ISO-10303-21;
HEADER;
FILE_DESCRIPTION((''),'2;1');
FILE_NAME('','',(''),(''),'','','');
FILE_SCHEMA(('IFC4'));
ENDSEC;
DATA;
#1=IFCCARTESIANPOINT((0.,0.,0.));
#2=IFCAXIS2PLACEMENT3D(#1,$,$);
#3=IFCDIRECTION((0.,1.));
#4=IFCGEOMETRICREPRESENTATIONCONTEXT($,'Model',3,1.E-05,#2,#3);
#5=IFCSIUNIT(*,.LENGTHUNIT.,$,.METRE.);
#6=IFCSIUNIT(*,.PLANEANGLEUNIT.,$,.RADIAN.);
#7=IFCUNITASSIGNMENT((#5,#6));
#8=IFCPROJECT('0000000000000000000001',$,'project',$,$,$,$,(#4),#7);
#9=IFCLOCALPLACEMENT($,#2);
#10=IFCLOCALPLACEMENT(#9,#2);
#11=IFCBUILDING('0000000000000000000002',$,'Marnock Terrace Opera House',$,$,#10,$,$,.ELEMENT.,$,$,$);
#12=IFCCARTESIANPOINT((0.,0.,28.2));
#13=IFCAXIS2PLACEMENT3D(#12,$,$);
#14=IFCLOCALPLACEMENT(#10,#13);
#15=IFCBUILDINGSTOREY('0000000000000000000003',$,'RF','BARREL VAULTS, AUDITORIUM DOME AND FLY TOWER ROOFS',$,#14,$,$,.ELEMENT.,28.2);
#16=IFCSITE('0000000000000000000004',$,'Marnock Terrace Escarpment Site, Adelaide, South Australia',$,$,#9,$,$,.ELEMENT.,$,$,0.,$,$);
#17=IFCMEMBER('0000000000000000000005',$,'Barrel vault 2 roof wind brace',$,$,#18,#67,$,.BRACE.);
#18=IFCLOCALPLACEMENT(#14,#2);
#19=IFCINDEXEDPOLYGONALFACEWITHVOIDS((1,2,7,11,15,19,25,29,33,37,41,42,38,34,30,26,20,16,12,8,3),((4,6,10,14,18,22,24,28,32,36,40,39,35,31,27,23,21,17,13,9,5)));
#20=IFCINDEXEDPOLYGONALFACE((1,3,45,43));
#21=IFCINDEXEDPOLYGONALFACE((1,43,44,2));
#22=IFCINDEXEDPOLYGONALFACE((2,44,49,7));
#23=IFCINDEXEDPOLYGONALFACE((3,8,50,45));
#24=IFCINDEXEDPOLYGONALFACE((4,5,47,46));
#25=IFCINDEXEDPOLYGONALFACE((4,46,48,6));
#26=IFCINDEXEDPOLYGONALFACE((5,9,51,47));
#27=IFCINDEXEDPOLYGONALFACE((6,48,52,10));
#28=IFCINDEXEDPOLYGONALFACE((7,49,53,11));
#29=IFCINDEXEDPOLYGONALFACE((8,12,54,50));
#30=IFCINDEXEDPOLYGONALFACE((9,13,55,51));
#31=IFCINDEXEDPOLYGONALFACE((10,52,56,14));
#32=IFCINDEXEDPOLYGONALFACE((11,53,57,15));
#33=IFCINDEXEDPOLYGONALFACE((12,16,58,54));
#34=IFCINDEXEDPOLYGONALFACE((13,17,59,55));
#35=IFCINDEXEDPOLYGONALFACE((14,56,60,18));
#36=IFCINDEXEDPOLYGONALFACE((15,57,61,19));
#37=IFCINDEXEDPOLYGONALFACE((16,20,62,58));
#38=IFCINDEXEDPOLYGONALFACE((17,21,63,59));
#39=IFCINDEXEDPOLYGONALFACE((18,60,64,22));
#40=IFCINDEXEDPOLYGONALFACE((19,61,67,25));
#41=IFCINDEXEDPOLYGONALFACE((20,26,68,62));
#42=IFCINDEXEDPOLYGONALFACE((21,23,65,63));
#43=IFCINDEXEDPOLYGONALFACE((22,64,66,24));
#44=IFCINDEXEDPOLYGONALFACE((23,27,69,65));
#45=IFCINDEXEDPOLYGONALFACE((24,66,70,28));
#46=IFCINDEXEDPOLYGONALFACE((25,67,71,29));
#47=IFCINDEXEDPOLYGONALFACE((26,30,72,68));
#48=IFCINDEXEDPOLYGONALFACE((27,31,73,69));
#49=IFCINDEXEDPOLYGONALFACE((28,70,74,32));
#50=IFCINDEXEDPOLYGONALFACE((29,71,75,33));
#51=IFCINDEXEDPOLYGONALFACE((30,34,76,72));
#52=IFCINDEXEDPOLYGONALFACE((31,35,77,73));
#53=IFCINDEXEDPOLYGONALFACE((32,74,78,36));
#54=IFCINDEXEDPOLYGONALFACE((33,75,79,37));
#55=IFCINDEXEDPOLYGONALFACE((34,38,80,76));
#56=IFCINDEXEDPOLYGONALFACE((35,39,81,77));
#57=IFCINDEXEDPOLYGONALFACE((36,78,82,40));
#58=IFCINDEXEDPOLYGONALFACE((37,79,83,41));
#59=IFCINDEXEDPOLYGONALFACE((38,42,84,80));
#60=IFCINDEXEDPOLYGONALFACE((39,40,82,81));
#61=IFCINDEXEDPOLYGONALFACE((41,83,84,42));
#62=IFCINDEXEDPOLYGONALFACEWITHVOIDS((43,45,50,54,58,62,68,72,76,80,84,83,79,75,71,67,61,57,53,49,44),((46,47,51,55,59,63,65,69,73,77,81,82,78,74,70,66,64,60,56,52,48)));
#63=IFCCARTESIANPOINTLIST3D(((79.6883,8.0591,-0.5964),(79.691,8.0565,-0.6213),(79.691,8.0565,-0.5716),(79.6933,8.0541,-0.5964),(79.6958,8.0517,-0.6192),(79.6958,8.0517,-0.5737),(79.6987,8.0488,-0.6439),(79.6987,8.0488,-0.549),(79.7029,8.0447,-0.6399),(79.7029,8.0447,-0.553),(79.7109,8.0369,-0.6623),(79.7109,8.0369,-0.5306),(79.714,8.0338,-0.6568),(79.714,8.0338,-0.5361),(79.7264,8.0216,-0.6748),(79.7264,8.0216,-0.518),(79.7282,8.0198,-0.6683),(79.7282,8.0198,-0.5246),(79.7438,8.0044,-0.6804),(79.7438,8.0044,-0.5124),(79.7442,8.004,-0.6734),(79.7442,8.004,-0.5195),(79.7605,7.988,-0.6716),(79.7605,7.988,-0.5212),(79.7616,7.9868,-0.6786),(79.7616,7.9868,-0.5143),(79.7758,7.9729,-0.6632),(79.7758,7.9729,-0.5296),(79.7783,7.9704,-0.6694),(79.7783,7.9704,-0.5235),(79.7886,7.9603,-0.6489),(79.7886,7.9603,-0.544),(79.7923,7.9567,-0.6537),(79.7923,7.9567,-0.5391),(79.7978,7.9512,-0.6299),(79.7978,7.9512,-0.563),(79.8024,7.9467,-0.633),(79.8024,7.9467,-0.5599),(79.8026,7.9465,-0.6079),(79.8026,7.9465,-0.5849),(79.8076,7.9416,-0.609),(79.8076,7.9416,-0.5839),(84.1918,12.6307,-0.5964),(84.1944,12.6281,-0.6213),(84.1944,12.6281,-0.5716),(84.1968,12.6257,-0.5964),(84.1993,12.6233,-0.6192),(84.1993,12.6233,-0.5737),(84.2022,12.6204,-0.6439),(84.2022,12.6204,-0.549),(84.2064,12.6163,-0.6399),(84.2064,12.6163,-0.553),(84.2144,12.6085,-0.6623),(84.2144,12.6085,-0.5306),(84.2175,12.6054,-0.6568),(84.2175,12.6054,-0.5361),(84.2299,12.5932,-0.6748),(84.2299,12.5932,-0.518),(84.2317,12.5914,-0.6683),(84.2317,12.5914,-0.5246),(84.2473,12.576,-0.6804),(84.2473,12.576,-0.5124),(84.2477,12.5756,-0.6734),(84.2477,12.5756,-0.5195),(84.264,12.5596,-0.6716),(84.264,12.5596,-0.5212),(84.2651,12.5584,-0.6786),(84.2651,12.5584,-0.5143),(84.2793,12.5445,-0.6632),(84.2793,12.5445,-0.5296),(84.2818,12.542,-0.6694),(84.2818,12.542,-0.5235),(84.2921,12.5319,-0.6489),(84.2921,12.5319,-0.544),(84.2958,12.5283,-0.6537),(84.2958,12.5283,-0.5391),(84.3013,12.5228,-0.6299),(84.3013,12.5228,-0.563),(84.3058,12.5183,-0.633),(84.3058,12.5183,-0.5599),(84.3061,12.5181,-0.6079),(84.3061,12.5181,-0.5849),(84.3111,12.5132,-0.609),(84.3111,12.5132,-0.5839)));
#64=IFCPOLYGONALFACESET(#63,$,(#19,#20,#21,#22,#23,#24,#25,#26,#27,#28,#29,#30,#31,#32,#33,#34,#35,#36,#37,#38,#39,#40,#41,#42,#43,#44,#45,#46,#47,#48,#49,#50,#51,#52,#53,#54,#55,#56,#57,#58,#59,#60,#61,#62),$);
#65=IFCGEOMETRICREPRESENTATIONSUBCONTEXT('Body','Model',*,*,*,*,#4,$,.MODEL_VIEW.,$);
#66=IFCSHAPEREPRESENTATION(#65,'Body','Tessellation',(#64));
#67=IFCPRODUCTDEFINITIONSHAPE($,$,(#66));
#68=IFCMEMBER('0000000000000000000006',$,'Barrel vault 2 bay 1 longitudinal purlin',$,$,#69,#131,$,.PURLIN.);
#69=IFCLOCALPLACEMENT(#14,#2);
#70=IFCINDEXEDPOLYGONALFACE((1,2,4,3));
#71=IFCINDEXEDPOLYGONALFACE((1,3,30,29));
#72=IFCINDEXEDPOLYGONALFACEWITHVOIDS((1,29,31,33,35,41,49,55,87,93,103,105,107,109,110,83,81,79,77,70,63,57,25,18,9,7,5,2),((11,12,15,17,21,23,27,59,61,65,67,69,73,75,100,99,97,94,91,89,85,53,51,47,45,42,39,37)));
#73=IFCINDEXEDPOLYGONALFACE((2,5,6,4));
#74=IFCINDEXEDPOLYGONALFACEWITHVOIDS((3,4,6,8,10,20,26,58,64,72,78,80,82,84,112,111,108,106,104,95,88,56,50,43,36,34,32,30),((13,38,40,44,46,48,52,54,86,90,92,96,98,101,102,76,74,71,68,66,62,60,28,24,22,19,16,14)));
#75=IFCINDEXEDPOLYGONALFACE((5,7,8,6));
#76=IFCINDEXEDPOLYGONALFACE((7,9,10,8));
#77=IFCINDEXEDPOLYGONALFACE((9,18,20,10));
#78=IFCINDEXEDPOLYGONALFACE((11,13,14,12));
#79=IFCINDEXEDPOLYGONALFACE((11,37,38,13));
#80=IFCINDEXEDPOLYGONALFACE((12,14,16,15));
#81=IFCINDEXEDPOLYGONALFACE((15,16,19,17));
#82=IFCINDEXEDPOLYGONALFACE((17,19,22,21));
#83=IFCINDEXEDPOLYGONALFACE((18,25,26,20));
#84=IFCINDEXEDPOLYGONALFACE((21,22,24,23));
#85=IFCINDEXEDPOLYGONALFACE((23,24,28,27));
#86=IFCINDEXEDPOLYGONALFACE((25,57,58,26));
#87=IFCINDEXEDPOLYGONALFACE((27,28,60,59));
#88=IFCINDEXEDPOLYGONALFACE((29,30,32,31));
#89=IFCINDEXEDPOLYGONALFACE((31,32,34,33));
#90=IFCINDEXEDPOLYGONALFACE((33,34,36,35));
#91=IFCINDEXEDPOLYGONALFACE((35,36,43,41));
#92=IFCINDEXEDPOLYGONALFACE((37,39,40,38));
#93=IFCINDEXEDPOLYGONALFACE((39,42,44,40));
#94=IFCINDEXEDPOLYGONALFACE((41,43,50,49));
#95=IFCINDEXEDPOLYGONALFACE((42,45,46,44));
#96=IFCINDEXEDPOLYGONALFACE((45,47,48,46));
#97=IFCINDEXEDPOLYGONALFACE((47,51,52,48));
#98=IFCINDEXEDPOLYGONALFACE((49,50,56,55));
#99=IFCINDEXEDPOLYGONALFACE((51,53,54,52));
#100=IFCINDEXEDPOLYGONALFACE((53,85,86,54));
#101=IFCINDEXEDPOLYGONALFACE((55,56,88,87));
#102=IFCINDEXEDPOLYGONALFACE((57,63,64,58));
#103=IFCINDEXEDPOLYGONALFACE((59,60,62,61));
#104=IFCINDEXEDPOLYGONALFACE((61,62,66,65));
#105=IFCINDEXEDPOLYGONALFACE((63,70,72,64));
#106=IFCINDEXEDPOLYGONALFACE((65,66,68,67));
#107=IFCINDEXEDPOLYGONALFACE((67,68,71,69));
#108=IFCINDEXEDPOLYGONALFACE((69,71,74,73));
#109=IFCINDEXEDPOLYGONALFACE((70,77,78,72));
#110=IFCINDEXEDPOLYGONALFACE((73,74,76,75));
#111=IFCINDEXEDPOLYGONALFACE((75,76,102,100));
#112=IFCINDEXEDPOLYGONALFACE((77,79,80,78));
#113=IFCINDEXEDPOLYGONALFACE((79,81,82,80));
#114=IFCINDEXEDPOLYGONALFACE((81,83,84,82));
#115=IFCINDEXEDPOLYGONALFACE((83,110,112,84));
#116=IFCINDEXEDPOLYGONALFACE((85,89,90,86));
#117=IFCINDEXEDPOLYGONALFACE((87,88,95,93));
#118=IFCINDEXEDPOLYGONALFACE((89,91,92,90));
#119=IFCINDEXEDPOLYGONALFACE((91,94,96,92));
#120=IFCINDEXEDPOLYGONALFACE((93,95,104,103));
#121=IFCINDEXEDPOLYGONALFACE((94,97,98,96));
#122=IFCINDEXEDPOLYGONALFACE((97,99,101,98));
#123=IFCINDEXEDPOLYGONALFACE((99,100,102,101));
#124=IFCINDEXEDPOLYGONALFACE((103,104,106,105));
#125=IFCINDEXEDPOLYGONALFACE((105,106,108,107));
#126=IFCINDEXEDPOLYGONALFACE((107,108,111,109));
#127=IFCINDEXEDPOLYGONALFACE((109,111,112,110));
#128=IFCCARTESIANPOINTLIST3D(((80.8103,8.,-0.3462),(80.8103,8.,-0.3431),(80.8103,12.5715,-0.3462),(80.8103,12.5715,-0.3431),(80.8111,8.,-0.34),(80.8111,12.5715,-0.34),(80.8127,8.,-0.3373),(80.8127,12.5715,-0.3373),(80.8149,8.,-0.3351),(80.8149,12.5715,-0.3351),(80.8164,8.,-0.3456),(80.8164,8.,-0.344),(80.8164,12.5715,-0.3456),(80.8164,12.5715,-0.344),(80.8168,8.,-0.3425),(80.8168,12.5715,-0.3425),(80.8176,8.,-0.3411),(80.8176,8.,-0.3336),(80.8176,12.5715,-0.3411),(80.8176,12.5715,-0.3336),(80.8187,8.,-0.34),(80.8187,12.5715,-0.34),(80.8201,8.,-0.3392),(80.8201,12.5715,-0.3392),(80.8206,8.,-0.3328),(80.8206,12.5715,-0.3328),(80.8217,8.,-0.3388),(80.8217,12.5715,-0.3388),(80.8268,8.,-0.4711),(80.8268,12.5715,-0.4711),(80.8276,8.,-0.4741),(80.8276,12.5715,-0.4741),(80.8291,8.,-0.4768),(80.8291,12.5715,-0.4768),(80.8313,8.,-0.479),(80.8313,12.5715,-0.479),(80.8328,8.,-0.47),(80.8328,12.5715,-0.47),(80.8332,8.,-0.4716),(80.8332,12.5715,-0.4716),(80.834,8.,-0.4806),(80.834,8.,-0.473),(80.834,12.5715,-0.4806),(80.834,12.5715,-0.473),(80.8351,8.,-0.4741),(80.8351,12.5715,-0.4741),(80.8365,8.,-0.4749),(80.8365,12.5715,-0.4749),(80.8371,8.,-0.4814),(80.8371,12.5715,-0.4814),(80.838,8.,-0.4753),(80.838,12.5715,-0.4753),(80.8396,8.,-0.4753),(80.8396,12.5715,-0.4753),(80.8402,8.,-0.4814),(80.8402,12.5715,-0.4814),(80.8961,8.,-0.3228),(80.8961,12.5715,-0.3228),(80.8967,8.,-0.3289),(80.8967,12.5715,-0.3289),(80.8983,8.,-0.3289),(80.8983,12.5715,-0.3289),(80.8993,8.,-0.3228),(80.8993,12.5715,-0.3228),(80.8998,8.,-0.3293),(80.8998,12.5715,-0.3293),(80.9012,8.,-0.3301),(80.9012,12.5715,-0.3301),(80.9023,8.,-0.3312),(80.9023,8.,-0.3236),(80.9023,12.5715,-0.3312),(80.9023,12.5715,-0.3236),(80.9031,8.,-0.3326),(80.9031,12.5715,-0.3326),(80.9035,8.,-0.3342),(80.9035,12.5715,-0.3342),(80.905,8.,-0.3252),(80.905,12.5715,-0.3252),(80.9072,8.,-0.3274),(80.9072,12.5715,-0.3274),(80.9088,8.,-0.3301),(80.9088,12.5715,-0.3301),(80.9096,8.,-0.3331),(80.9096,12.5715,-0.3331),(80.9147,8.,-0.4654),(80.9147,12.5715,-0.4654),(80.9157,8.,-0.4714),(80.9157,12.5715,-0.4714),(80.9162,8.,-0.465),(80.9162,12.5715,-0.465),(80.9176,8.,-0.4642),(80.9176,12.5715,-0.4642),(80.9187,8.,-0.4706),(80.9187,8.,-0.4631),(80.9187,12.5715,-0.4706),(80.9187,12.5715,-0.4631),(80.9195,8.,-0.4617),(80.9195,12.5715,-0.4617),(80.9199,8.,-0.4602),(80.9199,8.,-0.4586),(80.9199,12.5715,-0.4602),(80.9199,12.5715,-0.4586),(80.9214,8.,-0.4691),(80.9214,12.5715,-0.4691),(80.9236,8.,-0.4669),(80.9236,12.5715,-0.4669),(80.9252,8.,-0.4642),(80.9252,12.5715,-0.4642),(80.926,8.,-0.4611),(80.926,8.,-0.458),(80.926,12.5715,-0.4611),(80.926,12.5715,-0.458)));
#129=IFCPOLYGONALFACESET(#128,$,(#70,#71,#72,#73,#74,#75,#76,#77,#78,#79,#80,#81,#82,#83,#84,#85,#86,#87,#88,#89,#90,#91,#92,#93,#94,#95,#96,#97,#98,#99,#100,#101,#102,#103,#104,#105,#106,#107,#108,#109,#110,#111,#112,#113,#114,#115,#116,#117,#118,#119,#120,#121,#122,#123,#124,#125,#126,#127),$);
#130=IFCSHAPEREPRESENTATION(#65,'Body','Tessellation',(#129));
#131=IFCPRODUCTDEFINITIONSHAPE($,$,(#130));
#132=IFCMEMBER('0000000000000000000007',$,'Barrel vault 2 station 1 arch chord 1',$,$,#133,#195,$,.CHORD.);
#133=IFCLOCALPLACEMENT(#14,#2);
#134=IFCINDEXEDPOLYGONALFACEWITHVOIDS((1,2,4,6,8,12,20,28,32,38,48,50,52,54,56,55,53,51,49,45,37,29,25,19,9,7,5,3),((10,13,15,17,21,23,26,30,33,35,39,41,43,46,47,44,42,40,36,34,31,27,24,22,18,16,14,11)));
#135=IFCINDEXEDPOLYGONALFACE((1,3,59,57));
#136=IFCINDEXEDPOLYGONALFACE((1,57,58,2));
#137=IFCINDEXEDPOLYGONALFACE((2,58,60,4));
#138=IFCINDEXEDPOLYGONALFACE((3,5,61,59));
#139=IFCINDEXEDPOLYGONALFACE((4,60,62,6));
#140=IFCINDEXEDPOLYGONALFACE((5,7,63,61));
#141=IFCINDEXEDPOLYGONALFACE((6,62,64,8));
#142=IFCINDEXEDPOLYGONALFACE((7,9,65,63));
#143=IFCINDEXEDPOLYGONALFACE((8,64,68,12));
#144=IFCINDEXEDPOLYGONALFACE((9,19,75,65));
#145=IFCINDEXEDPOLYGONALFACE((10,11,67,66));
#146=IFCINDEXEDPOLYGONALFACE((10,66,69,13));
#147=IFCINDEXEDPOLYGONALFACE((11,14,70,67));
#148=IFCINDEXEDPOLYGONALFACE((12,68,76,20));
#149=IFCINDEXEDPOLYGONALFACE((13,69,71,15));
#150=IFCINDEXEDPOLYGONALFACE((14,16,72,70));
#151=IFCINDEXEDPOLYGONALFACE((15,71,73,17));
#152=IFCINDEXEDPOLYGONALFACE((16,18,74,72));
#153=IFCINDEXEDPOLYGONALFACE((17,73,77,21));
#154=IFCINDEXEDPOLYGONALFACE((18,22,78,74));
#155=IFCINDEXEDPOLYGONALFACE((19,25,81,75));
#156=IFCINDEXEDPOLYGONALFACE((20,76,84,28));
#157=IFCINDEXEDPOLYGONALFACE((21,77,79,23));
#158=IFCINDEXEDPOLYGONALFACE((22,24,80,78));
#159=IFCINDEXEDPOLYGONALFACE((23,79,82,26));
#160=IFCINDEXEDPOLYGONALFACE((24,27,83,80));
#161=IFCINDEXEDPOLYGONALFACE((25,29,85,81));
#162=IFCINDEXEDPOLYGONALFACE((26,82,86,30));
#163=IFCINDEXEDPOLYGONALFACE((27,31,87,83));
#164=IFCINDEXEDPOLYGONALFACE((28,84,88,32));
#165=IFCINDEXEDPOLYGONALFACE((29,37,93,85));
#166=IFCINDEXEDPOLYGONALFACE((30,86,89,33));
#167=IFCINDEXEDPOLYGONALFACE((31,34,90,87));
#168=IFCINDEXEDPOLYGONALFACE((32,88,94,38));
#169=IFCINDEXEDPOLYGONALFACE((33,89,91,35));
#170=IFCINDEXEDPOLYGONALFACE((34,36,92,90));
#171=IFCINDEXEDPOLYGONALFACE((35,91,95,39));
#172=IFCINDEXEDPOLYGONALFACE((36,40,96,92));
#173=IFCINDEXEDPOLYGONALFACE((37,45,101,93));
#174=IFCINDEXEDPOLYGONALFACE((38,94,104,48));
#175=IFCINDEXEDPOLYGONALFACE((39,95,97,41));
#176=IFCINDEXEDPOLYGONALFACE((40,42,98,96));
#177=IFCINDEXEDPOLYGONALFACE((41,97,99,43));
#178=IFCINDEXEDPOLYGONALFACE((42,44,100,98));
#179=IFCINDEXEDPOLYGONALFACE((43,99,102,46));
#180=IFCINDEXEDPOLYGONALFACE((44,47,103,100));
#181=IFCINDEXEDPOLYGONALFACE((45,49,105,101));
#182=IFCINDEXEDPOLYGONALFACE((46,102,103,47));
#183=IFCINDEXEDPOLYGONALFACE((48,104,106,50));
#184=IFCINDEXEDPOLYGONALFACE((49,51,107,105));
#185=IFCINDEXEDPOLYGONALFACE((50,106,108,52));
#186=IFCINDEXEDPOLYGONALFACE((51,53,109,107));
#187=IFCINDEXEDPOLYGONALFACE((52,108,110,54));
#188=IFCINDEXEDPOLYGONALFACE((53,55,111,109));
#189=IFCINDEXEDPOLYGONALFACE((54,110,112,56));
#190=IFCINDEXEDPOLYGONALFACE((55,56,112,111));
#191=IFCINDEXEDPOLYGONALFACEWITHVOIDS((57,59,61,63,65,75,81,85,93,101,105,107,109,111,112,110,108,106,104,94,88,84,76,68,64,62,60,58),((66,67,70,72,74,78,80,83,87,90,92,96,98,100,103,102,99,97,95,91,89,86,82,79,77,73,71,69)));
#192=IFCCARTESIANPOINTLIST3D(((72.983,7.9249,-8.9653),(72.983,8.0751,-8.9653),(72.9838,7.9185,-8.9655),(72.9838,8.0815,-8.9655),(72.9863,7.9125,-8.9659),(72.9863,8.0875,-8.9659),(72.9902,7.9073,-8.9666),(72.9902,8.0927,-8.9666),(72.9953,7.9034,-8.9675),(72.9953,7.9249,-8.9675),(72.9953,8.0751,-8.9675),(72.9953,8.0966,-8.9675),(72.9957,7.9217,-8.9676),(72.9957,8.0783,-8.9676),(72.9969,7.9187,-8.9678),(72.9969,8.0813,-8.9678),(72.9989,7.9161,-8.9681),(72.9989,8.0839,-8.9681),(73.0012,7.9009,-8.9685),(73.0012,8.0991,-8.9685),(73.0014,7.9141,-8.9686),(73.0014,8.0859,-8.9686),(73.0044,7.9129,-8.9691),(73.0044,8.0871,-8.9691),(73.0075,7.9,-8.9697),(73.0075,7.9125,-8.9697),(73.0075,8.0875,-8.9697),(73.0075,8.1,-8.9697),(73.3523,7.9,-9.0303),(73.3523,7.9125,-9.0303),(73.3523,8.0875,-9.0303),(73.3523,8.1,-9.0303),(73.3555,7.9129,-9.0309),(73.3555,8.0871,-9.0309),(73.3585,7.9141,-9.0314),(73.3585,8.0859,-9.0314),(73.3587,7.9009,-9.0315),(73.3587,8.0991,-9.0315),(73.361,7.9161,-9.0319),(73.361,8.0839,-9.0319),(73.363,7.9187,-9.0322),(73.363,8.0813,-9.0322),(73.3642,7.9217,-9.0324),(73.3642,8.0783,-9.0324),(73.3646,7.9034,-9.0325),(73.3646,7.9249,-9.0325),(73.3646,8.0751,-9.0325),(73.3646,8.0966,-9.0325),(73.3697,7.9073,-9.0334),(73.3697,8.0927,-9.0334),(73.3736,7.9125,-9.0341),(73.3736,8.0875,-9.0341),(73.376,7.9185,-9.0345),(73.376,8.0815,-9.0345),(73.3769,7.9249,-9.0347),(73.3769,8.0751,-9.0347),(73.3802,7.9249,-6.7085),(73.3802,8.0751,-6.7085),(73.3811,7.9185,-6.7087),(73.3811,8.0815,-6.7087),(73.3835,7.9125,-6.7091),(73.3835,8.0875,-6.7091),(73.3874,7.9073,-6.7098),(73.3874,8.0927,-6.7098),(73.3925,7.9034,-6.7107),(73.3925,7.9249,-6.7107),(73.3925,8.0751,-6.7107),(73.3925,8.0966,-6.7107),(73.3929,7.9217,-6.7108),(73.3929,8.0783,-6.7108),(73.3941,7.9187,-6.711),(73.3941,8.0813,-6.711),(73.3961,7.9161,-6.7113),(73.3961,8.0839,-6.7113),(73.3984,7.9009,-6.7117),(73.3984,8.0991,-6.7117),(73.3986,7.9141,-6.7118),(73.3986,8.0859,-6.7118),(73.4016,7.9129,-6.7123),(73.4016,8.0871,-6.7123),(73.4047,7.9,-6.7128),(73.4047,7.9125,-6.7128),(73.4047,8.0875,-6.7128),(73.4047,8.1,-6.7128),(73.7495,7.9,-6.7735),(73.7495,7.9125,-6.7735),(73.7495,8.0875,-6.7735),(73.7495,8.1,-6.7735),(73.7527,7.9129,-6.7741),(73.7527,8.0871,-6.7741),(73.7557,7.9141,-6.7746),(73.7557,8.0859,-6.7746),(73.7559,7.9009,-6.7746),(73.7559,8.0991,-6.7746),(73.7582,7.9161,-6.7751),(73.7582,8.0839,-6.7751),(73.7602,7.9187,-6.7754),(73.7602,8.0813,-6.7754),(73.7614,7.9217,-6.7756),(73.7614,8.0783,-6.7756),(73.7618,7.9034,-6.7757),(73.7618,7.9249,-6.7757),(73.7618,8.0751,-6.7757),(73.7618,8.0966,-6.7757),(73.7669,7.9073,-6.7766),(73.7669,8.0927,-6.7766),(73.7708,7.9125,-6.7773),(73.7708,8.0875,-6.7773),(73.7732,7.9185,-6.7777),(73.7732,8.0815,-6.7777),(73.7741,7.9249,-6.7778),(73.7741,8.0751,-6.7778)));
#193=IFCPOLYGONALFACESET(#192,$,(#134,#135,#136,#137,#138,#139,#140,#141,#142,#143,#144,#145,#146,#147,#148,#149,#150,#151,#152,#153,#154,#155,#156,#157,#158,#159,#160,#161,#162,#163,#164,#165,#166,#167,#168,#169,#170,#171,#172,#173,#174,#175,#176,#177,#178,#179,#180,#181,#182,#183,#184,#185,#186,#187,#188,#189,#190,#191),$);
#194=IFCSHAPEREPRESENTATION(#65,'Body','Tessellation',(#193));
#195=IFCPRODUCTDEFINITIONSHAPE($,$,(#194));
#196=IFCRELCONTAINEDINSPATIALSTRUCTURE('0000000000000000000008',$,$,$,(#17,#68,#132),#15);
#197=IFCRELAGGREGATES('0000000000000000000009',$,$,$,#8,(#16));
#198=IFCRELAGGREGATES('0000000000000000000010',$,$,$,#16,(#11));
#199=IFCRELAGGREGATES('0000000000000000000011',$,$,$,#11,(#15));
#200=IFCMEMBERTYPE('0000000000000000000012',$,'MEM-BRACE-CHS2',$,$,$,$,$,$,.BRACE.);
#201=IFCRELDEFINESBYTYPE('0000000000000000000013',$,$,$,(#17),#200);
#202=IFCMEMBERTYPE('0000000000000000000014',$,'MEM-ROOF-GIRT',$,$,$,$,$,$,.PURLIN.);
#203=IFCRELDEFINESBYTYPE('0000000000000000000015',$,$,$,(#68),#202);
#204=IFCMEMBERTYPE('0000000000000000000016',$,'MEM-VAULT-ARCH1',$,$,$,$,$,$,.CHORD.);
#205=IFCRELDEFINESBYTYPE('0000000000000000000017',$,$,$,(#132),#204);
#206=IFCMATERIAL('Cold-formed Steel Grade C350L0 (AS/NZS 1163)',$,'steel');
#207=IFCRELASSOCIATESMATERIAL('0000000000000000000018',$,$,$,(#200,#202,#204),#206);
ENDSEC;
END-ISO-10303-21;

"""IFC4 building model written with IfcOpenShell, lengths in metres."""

from ifc_helpers import new_model, si_unit, direction, frame, origin, origin_2d, place, context, subcontext, project, spatial, hollow_rectangle, hollow_circle, extrude, material, material_profile, profile_set, type_object, element, save


model = new_model("IFC4")

# Units and contexts
model_context = context("Model", 3, precision=1e-05, world=origin(), true_north=direction((0.0, 1.0)))
body_context = subcontext(model_context, "Body", "Model", "MODEL_VIEW")
ifc_project = project(units=[si_unit("LENGTHUNIT", "METRE"), si_unit("PLANEANGLEUNIT", "RADIAN")], contexts=[model_context])

# Site, building, storey
site_placement = place(None, origin())
site = spatial("IfcSite", under=ifc_project, at=site_placement, Name="Marnock Terrace Escarpment Site, Adelaide, South Australia", CompositionType="ELEMENT", RefElevation=0.0)
building_placement = place(site_placement, origin())
building = spatial("IfcBuilding", under=site, at=building_placement, Name="Marnock Terrace Opera House", CompositionType="ELEMENT")
storey_placement = place(building_placement, frame((0.0, 0.0, 28.2)))
storey = spatial("IfcBuildingStorey", under=building, at=storey_placement, Name="RF", Description="BARREL VAULTS, AUDITORIUM DOME AND FLY TOWER ROOFS", CompositionType="ELEMENT", Elevation=28.2)

# Members
ifc_material_1 = material(Name="Cold-formed Steel Grade C350L0 (AS/NZS 1163)", Category="steel")
ifc_material_profile_1 = material_profile(ifc_material_1, hollow_circle(Radius=0.0842, WallThickness=0.0071, at=origin_2d()))
ifc_profile_set_1 = profile_set([ifc_material_profile_1], Name="Cold-formed Steel Grade C350L0 (AS/NZS 1163)")
member_type_1 = type_object("IfcMemberType", Name="MEM-BRACE-CHS2", PredefinedType="BRACE", material=ifc_profile_set_1)
member_1_placement = place(storey_placement, frame((79.7483, 8.0, -0.5964), z_axis=(0.70178, 0.712394, 0.0), x_axis=(-0.712394, 0.70178, 0.0)))
element("IfcMember", 1, at=member_1_placement, inside=storey, type_object=member_type_1, Name="Barrel vault 2 roof wind brace", PredefinedType="BRACE", context=body_context, shape_type="SweptSolid", body=[
    extrude(hollow_circle(Radius=0.0842, WallThickness=0.0071, at=origin_2d()), origin(), (0.0, 0.0, 1.0), 6.4172),
])
ifc_material_profile_2 = material_profile(ifc_material_1, hollow_rectangle(XDim=0.1001, YDim=0.1499, WallThickness=0.0061, InnerFilletRadius=0.0061, OuterFilletRadius=0.012, at=origin_2d()))
ifc_profile_set_2 = profile_set([ifc_material_profile_2], Name="Cold-formed Steel Grade C350L0 (AS/NZS 1163)")
member_type_2 = type_object("IfcMemberType", Name="MEM-ROOF-GIRT", PredefinedType="PURLIN", material=ifc_profile_set_2)
member_2_placement = place(storey_placement, frame((80.8682, 8.0, -0.4021), z_axis=(0.0, 1.0, 0.0), x_axis=(-0.991445, 0.0, -0.130526)))
element("IfcMember", 2, at=member_2_placement, inside=storey, type_object=member_type_2, Name="Barrel vault 2 bay 1 longitudinal purlin", PredefinedType="PURLIN", context=body_context, shape_type="SweptSolid", body=[
    extrude(hollow_rectangle(XDim=0.1001, YDim=0.1499, WallThickness=0.0061, InnerFilletRadius=0.0061, OuterFilletRadius=0.012, at=origin_2d()), origin(), (0.0, 0.0, 1.0), 4.5715),
])
ifc_material_profile_3 = material_profile(ifc_material_1, hollow_rectangle(XDim=0.2, YDim=0.3999, WallThickness=0.0125, InnerFilletRadius=0.0125, OuterFilletRadius=0.0249, at=origin_2d()))
ifc_profile_set_3 = profile_set([ifc_material_profile_3], Name="Cold-formed Steel Grade C350L0 (AS/NZS 1163)")
member_type_3 = type_object("IfcMemberType", Name="MEM-VAULT-ARCH1", PredefinedType="CHORD", material=ifc_profile_set_3)
member_3_placement = place(storey_placement, frame((73.1799, 8.0, -9.0), z_axis=(0.173342, 0.0, 0.984862), x_axis=(0.0, 1.0, 0.0)))
element("IfcMember", 3, at=member_3_placement, inside=storey, type_object=member_type_3, Name="Barrel vault 2 station 1 arch chord 1", PredefinedType="CHORD", context=body_context, shape_type="SweptSolid", body=[
    extrude(hollow_rectangle(XDim=0.2, YDim=0.3999, WallThickness=0.0125, InnerFilletRadius=0.0125, OuterFilletRadius=0.0249, at=origin_2d()), origin(), (0.0, 0.0, 1.0), 2.2915),
])

save(model, "model.ifc")
